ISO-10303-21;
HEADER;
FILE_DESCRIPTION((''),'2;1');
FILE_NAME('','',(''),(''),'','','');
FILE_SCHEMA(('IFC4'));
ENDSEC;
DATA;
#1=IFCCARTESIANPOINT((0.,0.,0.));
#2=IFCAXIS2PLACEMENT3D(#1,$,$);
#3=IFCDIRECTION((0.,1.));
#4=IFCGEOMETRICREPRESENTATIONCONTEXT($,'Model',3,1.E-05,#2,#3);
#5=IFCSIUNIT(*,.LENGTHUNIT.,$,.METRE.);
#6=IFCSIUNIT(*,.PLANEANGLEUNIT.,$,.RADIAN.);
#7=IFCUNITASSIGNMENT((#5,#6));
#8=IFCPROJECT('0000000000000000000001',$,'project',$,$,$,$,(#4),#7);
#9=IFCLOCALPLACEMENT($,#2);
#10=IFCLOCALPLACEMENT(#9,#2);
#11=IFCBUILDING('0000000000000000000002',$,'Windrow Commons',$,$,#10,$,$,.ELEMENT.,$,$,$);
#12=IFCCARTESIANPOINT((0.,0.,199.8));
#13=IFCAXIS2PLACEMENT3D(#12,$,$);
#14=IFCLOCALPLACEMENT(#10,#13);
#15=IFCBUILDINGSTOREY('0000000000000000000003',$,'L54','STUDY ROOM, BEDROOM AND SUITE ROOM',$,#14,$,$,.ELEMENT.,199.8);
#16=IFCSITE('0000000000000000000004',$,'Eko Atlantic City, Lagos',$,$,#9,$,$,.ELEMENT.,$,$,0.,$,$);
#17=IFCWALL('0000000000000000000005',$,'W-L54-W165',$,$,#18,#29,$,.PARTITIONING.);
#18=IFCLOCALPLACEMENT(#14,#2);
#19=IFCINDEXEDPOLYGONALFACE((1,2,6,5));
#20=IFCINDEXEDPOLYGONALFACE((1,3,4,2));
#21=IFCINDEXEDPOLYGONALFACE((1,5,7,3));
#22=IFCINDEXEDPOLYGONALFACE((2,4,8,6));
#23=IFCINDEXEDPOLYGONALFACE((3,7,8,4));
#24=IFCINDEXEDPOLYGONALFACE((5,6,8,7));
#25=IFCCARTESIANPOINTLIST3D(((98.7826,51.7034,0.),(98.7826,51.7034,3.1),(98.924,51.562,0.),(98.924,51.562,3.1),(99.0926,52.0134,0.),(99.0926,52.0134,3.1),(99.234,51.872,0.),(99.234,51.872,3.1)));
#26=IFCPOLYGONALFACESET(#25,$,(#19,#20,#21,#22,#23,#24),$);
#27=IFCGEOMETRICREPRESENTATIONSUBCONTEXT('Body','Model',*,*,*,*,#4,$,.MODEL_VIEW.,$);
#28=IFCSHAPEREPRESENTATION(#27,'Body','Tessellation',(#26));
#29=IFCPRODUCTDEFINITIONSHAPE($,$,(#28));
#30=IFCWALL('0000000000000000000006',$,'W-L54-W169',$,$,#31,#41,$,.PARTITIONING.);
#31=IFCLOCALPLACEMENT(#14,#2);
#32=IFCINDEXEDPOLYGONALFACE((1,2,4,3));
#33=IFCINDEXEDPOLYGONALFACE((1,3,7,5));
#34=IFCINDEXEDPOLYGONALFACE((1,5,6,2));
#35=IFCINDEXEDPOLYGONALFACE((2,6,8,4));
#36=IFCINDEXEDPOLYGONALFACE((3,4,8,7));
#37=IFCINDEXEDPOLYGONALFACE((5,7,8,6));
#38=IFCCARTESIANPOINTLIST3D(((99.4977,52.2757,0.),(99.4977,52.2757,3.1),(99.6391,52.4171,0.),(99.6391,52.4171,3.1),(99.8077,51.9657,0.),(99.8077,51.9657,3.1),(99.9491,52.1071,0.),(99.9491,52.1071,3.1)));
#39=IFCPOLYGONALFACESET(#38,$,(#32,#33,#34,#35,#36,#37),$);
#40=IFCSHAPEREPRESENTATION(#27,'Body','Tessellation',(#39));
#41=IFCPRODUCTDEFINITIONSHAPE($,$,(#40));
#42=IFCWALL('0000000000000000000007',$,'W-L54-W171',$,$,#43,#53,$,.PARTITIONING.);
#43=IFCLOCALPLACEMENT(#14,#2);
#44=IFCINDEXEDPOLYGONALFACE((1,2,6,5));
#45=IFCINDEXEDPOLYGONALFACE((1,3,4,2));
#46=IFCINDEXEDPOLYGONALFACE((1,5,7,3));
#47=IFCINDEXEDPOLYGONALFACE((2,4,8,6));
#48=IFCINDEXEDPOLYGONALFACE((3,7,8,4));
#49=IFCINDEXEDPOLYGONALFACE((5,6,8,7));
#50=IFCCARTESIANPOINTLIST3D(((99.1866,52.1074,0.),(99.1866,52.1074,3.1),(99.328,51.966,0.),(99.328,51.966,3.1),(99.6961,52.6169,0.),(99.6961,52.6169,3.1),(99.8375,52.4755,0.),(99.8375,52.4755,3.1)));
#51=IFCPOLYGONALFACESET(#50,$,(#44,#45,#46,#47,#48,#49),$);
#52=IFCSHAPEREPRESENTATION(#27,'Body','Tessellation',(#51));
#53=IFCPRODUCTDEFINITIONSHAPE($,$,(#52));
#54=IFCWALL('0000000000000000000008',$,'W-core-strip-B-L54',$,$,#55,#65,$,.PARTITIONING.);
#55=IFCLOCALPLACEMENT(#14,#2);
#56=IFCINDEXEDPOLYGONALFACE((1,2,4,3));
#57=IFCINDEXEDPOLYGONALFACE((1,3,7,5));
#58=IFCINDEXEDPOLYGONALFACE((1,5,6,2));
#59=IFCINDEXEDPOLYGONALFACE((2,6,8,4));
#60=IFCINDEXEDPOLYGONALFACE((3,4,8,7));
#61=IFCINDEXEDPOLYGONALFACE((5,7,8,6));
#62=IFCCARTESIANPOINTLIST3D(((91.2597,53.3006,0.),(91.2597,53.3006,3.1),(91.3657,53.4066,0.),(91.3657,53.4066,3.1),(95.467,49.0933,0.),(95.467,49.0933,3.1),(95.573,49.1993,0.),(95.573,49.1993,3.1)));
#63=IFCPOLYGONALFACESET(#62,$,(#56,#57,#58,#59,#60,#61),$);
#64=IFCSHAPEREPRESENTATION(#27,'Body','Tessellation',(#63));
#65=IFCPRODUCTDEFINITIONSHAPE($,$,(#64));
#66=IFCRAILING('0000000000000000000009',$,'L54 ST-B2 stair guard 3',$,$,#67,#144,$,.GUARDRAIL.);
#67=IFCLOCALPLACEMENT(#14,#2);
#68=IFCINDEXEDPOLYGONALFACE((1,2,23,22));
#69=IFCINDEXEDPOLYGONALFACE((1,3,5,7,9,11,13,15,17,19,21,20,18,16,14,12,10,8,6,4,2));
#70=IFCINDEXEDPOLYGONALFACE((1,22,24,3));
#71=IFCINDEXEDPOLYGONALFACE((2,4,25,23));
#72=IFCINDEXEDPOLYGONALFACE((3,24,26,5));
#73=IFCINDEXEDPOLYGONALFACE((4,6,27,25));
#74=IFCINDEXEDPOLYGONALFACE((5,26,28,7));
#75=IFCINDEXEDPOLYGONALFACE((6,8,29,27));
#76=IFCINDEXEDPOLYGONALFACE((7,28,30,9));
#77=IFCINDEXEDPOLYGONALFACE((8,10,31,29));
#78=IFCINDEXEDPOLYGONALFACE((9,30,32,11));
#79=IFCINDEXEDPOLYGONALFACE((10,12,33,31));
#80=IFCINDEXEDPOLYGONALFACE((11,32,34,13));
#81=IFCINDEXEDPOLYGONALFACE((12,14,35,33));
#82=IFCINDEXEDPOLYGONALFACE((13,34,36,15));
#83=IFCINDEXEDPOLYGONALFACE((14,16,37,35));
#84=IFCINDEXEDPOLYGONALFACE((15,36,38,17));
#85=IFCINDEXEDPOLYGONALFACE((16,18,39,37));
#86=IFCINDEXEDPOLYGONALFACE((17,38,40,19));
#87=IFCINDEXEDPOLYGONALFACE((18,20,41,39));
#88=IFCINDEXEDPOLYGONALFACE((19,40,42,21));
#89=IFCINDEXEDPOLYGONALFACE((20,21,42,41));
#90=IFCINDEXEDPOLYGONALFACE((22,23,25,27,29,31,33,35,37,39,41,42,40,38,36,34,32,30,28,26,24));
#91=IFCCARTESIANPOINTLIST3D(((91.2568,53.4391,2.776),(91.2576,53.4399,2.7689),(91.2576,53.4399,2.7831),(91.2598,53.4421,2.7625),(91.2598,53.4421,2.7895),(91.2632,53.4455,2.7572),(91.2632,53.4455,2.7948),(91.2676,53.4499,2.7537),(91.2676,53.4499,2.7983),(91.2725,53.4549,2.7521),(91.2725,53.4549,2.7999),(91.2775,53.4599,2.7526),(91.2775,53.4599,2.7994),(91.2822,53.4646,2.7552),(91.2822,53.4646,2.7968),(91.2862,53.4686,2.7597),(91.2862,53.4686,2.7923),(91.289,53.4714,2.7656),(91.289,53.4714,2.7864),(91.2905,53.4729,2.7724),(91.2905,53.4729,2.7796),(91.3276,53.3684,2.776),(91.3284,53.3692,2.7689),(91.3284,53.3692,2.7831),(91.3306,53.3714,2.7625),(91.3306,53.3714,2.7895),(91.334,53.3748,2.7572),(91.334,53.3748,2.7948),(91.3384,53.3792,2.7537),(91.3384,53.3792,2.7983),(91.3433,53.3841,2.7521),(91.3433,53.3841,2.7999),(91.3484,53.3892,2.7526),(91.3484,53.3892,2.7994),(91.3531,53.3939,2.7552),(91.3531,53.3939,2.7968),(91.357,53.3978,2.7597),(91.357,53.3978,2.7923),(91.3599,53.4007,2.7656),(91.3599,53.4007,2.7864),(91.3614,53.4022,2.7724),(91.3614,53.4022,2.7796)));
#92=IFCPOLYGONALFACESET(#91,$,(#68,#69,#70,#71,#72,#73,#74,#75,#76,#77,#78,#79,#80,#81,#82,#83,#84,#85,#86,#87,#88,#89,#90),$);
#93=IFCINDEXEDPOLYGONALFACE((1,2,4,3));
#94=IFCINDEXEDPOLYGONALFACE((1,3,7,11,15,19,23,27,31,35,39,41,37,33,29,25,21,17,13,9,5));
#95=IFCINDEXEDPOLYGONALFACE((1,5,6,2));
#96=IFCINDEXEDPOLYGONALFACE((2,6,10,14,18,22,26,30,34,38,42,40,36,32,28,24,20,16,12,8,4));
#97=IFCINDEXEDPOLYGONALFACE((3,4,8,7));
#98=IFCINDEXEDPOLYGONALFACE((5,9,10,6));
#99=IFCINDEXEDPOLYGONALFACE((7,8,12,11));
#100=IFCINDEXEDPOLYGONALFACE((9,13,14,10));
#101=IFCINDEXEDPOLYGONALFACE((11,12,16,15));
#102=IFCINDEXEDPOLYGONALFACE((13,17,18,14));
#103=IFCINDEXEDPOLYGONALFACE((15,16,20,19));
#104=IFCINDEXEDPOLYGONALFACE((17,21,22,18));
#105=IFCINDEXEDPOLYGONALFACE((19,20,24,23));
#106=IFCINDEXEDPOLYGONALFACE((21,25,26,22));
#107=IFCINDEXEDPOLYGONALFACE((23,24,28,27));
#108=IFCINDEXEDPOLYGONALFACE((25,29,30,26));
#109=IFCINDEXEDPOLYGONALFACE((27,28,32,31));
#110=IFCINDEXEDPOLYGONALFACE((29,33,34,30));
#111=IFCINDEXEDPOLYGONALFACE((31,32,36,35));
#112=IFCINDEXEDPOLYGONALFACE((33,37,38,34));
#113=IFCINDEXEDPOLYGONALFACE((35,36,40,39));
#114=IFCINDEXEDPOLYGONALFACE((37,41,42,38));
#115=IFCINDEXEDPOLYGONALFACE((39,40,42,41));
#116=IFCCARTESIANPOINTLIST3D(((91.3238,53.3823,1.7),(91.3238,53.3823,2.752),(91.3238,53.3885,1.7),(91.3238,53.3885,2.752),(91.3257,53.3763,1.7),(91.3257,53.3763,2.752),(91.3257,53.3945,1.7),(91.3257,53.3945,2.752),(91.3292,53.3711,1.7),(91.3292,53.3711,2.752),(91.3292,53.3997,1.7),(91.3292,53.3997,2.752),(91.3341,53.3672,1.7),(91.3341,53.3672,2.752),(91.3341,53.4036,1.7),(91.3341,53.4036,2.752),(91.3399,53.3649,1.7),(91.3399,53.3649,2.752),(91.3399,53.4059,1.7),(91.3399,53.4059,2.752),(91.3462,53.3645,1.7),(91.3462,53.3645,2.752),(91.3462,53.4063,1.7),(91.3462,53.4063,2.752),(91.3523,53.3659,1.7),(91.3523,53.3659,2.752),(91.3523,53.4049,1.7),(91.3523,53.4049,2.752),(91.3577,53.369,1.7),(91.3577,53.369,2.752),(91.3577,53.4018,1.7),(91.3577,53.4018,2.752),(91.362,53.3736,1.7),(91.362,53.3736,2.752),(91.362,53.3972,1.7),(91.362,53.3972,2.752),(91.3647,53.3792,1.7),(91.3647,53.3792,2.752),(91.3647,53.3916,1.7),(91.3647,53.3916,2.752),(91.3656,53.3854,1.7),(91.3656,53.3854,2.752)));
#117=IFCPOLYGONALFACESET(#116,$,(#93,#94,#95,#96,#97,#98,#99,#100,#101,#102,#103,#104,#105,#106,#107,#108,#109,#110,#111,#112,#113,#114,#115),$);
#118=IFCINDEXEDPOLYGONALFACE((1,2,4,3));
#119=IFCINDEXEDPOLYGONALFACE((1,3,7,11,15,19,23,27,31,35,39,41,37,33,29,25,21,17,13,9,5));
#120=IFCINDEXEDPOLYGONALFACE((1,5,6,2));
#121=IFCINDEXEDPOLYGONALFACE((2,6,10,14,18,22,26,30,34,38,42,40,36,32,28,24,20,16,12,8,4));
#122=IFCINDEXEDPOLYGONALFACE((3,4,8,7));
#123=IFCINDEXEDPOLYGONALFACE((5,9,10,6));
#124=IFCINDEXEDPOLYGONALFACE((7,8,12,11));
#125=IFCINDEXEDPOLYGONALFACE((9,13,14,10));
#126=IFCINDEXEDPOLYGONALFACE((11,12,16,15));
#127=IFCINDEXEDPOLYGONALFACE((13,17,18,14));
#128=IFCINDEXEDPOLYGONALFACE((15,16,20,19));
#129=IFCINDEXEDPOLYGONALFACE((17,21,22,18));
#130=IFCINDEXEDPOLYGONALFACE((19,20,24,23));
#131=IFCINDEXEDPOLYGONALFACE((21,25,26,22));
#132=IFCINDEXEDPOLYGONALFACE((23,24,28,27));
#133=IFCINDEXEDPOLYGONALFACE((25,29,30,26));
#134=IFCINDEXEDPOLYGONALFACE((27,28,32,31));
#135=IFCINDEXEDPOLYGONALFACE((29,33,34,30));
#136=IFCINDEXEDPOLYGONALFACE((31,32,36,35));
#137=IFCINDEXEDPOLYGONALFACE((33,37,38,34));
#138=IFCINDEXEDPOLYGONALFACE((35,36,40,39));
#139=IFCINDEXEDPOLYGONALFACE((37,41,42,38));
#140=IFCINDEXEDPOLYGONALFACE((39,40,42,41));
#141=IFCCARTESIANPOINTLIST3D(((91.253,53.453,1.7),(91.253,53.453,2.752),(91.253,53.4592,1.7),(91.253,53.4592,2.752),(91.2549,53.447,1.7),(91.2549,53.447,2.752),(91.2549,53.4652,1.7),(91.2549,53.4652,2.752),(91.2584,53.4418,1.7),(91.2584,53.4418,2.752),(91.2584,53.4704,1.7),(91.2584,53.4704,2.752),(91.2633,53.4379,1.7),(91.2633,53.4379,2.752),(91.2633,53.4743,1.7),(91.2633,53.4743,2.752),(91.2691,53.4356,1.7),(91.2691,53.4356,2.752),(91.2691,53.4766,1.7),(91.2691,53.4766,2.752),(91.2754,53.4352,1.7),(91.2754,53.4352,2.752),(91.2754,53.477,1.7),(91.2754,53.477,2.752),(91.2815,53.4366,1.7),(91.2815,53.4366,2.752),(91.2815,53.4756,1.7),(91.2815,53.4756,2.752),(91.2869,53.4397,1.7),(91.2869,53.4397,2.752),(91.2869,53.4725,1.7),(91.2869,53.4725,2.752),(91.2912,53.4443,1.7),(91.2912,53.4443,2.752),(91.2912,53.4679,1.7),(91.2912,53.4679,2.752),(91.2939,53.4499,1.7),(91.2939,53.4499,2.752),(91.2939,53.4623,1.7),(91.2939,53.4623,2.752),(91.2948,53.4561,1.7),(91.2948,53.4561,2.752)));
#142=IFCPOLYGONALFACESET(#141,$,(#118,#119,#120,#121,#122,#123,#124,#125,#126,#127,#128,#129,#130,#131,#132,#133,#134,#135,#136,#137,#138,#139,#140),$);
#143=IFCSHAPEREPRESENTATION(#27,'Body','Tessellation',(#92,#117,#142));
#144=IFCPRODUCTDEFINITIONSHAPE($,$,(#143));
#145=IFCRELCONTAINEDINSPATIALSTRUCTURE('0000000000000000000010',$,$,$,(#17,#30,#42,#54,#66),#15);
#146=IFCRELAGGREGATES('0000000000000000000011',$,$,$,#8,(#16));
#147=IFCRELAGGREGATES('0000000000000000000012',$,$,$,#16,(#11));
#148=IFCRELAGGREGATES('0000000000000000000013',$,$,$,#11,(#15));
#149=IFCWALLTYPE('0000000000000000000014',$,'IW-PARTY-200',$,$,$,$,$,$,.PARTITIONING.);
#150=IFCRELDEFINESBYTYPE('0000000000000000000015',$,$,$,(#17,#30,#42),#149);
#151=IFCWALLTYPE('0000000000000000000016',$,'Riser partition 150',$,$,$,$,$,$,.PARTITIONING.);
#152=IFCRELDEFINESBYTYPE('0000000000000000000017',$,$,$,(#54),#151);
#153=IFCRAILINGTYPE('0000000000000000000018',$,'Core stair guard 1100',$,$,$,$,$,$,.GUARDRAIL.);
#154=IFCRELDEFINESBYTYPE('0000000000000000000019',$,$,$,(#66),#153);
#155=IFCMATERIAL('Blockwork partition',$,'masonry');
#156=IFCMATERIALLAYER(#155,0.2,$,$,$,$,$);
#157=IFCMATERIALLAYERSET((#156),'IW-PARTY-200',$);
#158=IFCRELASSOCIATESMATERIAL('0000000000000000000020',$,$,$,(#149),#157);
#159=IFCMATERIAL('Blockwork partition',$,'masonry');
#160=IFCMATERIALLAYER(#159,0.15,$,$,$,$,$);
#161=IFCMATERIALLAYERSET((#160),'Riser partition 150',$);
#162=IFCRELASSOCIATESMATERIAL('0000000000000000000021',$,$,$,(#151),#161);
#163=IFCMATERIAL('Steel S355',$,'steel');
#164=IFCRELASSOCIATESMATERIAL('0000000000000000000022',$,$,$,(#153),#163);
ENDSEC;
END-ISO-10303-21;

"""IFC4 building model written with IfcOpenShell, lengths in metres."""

from ifc_helpers import new_model, si_unit, direction, frame, frame_2d, origin, origin_2d, place, context, subcontext, project, spatial, rectangle, circle, extrude, material, layer, layer_set, type_object, element, save


model = new_model("IFC4")

# Units and contexts
model_context = context("Model", 3, precision=1e-05, world=origin(), true_north=direction((0.0, 1.0)))
body_context = subcontext(model_context, "Body", "Model", "MODEL_VIEW")
ifc_project = project(units=[si_unit("LENGTHUNIT", "METRE"), si_unit("PLANEANGLEUNIT", "RADIAN")], contexts=[model_context])

# Site, building, storey
site_placement = place(None, origin())
site = spatial("IfcSite", under=ifc_project, at=site_placement, Name="Eko Atlantic City, Lagos", CompositionType="ELEMENT", RefElevation=0.0)
building_placement = place(site_placement, origin())
building = spatial("IfcBuilding", under=site, at=building_placement, Name="Windrow Commons", CompositionType="ELEMENT")
storey_placement = place(building_placement, frame((0.0, 0.0, 199.8)))
storey = spatial("IfcBuildingStorey", under=building, at=storey_placement, Name="L54", Description="STUDY ROOM, BEDROOM AND SUITE ROOM", CompositionType="ELEMENT", Elevation=199.8)

# Walls
ifc_material_1 = material(Name="Blockwork partition", Category="masonry")
ifc_layer_1 = layer(ifc_material_1, 0.2)
ifc_layer_set_1 = layer_set([ifc_layer_1], Name="IW-PARTY-200")
wall_type_1 = type_object("IfcWallType", Name="IW-PARTY-200", PredefinedType="PARTITIONING", material=ifc_layer_set_1)
for number, where, z_axis, x_axis, name in (
    (1, (98.8533, 51.6327, 0.0), (0.0, 0.0, 1.0), (0.707107, 0.707107, 0.0), "W-L54-W165"),
    (2, (99.5684, 52.3464, 0.0), (0.0, 0.0, 1.0), (0.707107, -0.707107, 0.0), "W-L54-W169"),
):
    element("IfcWall", number, at=place(storey_placement, frame(where, z_axis=z_axis, x_axis=x_axis)), inside=storey, type_object=wall_type_1, Name=name, PredefinedType="PARTITIONING", context=body_context, shape_type="SweptSolid", body=[
        extrude(rectangle(XDim=0.4384, YDim=0.2, at=frame_2d((0.2192, 0.0))), origin(), (0.0, 0.0, 1.0), 3.1),
    ])
wall_1_placement = place(storey_placement, frame((99.2573, 52.0367, 0.0), z_axis=(0.0, 0.0, 1.0), x_axis=(0.707107, 0.707107, 0.0)))
element("IfcWall", 3, at=wall_1_placement, inside=storey, type_object=wall_type_1, Name="W-L54-W171", PredefinedType="PARTITIONING", context=body_context, shape_type="SweptSolid", body=[
    extrude(rectangle(XDim=0.7205, YDim=0.2, at=frame_2d((0.3603, 0.0))), origin(), (0.0, 0.0, 1.0), 3.1),
])
ifc_material_2 = material(Name="Blockwork partition", Category="masonry")
ifc_layer_2 = layer(ifc_material_2, 0.15)
ifc_layer_set_2 = layer_set([ifc_layer_2], Name="Riser partition 150")
wall_type_2 = type_object("IfcWallType", Name="Riser partition 150", PredefinedType="PARTITIONING", material=ifc_layer_set_2)
wall_2_placement = place(storey_placement, frame((91.3127, 53.3536, 0.0), z_axis=(0.0, 0.0, 1.0), x_axis=(0.707107, -0.707107, 0.0)))
element("IfcWall", 4, at=wall_2_placement, inside=storey, type_object=wall_type_2, Name="W-core-strip-B-L54", PredefinedType="PARTITIONING", context=body_context, shape_type="SweptSolid", body=[
    extrude(rectangle(XDim=5.95, YDim=0.15, at=frame_2d((2.975, 0.0))), origin(), (0.0, 0.0, 1.0), 3.1),
])

# Railing
ifc_material_3 = material(Name="Steel S355", Category="steel")
railing_type = type_object("IfcRailingType", Name="Core stair guard 1100", PredefinedType="GUARDRAIL", material=ifc_material_3)
railing_placement = place(storey_placement, frame((91.3446, 53.3854, 1.7)))
element("IfcRailing", 5, at=railing_placement, inside=storey, type_object=railing_type, Name="L54 ST-B2 stair guard 3", PredefinedType="GUARDRAIL", context=body_context, shape_type="SweptSolid", body=[
    extrude(circle(Radius=0.024, at=origin_2d()), frame((0.0, 0.0, 1.076), z_axis=(-0.707606, 0.706607, 0.0), x_axis=(-0.706607, -0.707606, 0.0)), (0.0, 0.0, 1.0), 0.1001),
    extrude(circle(Radius=0.021, at=origin_2d()), origin(), (0.0, 0.0, 1.0), 1.052),
    extrude(circle(Radius=0.021, at=origin_2d()), frame((-0.0708, 0.0707, 0.0)), (0.0, 0.0, 1.0), 1.052),
])

save(model, "model.ifc")
